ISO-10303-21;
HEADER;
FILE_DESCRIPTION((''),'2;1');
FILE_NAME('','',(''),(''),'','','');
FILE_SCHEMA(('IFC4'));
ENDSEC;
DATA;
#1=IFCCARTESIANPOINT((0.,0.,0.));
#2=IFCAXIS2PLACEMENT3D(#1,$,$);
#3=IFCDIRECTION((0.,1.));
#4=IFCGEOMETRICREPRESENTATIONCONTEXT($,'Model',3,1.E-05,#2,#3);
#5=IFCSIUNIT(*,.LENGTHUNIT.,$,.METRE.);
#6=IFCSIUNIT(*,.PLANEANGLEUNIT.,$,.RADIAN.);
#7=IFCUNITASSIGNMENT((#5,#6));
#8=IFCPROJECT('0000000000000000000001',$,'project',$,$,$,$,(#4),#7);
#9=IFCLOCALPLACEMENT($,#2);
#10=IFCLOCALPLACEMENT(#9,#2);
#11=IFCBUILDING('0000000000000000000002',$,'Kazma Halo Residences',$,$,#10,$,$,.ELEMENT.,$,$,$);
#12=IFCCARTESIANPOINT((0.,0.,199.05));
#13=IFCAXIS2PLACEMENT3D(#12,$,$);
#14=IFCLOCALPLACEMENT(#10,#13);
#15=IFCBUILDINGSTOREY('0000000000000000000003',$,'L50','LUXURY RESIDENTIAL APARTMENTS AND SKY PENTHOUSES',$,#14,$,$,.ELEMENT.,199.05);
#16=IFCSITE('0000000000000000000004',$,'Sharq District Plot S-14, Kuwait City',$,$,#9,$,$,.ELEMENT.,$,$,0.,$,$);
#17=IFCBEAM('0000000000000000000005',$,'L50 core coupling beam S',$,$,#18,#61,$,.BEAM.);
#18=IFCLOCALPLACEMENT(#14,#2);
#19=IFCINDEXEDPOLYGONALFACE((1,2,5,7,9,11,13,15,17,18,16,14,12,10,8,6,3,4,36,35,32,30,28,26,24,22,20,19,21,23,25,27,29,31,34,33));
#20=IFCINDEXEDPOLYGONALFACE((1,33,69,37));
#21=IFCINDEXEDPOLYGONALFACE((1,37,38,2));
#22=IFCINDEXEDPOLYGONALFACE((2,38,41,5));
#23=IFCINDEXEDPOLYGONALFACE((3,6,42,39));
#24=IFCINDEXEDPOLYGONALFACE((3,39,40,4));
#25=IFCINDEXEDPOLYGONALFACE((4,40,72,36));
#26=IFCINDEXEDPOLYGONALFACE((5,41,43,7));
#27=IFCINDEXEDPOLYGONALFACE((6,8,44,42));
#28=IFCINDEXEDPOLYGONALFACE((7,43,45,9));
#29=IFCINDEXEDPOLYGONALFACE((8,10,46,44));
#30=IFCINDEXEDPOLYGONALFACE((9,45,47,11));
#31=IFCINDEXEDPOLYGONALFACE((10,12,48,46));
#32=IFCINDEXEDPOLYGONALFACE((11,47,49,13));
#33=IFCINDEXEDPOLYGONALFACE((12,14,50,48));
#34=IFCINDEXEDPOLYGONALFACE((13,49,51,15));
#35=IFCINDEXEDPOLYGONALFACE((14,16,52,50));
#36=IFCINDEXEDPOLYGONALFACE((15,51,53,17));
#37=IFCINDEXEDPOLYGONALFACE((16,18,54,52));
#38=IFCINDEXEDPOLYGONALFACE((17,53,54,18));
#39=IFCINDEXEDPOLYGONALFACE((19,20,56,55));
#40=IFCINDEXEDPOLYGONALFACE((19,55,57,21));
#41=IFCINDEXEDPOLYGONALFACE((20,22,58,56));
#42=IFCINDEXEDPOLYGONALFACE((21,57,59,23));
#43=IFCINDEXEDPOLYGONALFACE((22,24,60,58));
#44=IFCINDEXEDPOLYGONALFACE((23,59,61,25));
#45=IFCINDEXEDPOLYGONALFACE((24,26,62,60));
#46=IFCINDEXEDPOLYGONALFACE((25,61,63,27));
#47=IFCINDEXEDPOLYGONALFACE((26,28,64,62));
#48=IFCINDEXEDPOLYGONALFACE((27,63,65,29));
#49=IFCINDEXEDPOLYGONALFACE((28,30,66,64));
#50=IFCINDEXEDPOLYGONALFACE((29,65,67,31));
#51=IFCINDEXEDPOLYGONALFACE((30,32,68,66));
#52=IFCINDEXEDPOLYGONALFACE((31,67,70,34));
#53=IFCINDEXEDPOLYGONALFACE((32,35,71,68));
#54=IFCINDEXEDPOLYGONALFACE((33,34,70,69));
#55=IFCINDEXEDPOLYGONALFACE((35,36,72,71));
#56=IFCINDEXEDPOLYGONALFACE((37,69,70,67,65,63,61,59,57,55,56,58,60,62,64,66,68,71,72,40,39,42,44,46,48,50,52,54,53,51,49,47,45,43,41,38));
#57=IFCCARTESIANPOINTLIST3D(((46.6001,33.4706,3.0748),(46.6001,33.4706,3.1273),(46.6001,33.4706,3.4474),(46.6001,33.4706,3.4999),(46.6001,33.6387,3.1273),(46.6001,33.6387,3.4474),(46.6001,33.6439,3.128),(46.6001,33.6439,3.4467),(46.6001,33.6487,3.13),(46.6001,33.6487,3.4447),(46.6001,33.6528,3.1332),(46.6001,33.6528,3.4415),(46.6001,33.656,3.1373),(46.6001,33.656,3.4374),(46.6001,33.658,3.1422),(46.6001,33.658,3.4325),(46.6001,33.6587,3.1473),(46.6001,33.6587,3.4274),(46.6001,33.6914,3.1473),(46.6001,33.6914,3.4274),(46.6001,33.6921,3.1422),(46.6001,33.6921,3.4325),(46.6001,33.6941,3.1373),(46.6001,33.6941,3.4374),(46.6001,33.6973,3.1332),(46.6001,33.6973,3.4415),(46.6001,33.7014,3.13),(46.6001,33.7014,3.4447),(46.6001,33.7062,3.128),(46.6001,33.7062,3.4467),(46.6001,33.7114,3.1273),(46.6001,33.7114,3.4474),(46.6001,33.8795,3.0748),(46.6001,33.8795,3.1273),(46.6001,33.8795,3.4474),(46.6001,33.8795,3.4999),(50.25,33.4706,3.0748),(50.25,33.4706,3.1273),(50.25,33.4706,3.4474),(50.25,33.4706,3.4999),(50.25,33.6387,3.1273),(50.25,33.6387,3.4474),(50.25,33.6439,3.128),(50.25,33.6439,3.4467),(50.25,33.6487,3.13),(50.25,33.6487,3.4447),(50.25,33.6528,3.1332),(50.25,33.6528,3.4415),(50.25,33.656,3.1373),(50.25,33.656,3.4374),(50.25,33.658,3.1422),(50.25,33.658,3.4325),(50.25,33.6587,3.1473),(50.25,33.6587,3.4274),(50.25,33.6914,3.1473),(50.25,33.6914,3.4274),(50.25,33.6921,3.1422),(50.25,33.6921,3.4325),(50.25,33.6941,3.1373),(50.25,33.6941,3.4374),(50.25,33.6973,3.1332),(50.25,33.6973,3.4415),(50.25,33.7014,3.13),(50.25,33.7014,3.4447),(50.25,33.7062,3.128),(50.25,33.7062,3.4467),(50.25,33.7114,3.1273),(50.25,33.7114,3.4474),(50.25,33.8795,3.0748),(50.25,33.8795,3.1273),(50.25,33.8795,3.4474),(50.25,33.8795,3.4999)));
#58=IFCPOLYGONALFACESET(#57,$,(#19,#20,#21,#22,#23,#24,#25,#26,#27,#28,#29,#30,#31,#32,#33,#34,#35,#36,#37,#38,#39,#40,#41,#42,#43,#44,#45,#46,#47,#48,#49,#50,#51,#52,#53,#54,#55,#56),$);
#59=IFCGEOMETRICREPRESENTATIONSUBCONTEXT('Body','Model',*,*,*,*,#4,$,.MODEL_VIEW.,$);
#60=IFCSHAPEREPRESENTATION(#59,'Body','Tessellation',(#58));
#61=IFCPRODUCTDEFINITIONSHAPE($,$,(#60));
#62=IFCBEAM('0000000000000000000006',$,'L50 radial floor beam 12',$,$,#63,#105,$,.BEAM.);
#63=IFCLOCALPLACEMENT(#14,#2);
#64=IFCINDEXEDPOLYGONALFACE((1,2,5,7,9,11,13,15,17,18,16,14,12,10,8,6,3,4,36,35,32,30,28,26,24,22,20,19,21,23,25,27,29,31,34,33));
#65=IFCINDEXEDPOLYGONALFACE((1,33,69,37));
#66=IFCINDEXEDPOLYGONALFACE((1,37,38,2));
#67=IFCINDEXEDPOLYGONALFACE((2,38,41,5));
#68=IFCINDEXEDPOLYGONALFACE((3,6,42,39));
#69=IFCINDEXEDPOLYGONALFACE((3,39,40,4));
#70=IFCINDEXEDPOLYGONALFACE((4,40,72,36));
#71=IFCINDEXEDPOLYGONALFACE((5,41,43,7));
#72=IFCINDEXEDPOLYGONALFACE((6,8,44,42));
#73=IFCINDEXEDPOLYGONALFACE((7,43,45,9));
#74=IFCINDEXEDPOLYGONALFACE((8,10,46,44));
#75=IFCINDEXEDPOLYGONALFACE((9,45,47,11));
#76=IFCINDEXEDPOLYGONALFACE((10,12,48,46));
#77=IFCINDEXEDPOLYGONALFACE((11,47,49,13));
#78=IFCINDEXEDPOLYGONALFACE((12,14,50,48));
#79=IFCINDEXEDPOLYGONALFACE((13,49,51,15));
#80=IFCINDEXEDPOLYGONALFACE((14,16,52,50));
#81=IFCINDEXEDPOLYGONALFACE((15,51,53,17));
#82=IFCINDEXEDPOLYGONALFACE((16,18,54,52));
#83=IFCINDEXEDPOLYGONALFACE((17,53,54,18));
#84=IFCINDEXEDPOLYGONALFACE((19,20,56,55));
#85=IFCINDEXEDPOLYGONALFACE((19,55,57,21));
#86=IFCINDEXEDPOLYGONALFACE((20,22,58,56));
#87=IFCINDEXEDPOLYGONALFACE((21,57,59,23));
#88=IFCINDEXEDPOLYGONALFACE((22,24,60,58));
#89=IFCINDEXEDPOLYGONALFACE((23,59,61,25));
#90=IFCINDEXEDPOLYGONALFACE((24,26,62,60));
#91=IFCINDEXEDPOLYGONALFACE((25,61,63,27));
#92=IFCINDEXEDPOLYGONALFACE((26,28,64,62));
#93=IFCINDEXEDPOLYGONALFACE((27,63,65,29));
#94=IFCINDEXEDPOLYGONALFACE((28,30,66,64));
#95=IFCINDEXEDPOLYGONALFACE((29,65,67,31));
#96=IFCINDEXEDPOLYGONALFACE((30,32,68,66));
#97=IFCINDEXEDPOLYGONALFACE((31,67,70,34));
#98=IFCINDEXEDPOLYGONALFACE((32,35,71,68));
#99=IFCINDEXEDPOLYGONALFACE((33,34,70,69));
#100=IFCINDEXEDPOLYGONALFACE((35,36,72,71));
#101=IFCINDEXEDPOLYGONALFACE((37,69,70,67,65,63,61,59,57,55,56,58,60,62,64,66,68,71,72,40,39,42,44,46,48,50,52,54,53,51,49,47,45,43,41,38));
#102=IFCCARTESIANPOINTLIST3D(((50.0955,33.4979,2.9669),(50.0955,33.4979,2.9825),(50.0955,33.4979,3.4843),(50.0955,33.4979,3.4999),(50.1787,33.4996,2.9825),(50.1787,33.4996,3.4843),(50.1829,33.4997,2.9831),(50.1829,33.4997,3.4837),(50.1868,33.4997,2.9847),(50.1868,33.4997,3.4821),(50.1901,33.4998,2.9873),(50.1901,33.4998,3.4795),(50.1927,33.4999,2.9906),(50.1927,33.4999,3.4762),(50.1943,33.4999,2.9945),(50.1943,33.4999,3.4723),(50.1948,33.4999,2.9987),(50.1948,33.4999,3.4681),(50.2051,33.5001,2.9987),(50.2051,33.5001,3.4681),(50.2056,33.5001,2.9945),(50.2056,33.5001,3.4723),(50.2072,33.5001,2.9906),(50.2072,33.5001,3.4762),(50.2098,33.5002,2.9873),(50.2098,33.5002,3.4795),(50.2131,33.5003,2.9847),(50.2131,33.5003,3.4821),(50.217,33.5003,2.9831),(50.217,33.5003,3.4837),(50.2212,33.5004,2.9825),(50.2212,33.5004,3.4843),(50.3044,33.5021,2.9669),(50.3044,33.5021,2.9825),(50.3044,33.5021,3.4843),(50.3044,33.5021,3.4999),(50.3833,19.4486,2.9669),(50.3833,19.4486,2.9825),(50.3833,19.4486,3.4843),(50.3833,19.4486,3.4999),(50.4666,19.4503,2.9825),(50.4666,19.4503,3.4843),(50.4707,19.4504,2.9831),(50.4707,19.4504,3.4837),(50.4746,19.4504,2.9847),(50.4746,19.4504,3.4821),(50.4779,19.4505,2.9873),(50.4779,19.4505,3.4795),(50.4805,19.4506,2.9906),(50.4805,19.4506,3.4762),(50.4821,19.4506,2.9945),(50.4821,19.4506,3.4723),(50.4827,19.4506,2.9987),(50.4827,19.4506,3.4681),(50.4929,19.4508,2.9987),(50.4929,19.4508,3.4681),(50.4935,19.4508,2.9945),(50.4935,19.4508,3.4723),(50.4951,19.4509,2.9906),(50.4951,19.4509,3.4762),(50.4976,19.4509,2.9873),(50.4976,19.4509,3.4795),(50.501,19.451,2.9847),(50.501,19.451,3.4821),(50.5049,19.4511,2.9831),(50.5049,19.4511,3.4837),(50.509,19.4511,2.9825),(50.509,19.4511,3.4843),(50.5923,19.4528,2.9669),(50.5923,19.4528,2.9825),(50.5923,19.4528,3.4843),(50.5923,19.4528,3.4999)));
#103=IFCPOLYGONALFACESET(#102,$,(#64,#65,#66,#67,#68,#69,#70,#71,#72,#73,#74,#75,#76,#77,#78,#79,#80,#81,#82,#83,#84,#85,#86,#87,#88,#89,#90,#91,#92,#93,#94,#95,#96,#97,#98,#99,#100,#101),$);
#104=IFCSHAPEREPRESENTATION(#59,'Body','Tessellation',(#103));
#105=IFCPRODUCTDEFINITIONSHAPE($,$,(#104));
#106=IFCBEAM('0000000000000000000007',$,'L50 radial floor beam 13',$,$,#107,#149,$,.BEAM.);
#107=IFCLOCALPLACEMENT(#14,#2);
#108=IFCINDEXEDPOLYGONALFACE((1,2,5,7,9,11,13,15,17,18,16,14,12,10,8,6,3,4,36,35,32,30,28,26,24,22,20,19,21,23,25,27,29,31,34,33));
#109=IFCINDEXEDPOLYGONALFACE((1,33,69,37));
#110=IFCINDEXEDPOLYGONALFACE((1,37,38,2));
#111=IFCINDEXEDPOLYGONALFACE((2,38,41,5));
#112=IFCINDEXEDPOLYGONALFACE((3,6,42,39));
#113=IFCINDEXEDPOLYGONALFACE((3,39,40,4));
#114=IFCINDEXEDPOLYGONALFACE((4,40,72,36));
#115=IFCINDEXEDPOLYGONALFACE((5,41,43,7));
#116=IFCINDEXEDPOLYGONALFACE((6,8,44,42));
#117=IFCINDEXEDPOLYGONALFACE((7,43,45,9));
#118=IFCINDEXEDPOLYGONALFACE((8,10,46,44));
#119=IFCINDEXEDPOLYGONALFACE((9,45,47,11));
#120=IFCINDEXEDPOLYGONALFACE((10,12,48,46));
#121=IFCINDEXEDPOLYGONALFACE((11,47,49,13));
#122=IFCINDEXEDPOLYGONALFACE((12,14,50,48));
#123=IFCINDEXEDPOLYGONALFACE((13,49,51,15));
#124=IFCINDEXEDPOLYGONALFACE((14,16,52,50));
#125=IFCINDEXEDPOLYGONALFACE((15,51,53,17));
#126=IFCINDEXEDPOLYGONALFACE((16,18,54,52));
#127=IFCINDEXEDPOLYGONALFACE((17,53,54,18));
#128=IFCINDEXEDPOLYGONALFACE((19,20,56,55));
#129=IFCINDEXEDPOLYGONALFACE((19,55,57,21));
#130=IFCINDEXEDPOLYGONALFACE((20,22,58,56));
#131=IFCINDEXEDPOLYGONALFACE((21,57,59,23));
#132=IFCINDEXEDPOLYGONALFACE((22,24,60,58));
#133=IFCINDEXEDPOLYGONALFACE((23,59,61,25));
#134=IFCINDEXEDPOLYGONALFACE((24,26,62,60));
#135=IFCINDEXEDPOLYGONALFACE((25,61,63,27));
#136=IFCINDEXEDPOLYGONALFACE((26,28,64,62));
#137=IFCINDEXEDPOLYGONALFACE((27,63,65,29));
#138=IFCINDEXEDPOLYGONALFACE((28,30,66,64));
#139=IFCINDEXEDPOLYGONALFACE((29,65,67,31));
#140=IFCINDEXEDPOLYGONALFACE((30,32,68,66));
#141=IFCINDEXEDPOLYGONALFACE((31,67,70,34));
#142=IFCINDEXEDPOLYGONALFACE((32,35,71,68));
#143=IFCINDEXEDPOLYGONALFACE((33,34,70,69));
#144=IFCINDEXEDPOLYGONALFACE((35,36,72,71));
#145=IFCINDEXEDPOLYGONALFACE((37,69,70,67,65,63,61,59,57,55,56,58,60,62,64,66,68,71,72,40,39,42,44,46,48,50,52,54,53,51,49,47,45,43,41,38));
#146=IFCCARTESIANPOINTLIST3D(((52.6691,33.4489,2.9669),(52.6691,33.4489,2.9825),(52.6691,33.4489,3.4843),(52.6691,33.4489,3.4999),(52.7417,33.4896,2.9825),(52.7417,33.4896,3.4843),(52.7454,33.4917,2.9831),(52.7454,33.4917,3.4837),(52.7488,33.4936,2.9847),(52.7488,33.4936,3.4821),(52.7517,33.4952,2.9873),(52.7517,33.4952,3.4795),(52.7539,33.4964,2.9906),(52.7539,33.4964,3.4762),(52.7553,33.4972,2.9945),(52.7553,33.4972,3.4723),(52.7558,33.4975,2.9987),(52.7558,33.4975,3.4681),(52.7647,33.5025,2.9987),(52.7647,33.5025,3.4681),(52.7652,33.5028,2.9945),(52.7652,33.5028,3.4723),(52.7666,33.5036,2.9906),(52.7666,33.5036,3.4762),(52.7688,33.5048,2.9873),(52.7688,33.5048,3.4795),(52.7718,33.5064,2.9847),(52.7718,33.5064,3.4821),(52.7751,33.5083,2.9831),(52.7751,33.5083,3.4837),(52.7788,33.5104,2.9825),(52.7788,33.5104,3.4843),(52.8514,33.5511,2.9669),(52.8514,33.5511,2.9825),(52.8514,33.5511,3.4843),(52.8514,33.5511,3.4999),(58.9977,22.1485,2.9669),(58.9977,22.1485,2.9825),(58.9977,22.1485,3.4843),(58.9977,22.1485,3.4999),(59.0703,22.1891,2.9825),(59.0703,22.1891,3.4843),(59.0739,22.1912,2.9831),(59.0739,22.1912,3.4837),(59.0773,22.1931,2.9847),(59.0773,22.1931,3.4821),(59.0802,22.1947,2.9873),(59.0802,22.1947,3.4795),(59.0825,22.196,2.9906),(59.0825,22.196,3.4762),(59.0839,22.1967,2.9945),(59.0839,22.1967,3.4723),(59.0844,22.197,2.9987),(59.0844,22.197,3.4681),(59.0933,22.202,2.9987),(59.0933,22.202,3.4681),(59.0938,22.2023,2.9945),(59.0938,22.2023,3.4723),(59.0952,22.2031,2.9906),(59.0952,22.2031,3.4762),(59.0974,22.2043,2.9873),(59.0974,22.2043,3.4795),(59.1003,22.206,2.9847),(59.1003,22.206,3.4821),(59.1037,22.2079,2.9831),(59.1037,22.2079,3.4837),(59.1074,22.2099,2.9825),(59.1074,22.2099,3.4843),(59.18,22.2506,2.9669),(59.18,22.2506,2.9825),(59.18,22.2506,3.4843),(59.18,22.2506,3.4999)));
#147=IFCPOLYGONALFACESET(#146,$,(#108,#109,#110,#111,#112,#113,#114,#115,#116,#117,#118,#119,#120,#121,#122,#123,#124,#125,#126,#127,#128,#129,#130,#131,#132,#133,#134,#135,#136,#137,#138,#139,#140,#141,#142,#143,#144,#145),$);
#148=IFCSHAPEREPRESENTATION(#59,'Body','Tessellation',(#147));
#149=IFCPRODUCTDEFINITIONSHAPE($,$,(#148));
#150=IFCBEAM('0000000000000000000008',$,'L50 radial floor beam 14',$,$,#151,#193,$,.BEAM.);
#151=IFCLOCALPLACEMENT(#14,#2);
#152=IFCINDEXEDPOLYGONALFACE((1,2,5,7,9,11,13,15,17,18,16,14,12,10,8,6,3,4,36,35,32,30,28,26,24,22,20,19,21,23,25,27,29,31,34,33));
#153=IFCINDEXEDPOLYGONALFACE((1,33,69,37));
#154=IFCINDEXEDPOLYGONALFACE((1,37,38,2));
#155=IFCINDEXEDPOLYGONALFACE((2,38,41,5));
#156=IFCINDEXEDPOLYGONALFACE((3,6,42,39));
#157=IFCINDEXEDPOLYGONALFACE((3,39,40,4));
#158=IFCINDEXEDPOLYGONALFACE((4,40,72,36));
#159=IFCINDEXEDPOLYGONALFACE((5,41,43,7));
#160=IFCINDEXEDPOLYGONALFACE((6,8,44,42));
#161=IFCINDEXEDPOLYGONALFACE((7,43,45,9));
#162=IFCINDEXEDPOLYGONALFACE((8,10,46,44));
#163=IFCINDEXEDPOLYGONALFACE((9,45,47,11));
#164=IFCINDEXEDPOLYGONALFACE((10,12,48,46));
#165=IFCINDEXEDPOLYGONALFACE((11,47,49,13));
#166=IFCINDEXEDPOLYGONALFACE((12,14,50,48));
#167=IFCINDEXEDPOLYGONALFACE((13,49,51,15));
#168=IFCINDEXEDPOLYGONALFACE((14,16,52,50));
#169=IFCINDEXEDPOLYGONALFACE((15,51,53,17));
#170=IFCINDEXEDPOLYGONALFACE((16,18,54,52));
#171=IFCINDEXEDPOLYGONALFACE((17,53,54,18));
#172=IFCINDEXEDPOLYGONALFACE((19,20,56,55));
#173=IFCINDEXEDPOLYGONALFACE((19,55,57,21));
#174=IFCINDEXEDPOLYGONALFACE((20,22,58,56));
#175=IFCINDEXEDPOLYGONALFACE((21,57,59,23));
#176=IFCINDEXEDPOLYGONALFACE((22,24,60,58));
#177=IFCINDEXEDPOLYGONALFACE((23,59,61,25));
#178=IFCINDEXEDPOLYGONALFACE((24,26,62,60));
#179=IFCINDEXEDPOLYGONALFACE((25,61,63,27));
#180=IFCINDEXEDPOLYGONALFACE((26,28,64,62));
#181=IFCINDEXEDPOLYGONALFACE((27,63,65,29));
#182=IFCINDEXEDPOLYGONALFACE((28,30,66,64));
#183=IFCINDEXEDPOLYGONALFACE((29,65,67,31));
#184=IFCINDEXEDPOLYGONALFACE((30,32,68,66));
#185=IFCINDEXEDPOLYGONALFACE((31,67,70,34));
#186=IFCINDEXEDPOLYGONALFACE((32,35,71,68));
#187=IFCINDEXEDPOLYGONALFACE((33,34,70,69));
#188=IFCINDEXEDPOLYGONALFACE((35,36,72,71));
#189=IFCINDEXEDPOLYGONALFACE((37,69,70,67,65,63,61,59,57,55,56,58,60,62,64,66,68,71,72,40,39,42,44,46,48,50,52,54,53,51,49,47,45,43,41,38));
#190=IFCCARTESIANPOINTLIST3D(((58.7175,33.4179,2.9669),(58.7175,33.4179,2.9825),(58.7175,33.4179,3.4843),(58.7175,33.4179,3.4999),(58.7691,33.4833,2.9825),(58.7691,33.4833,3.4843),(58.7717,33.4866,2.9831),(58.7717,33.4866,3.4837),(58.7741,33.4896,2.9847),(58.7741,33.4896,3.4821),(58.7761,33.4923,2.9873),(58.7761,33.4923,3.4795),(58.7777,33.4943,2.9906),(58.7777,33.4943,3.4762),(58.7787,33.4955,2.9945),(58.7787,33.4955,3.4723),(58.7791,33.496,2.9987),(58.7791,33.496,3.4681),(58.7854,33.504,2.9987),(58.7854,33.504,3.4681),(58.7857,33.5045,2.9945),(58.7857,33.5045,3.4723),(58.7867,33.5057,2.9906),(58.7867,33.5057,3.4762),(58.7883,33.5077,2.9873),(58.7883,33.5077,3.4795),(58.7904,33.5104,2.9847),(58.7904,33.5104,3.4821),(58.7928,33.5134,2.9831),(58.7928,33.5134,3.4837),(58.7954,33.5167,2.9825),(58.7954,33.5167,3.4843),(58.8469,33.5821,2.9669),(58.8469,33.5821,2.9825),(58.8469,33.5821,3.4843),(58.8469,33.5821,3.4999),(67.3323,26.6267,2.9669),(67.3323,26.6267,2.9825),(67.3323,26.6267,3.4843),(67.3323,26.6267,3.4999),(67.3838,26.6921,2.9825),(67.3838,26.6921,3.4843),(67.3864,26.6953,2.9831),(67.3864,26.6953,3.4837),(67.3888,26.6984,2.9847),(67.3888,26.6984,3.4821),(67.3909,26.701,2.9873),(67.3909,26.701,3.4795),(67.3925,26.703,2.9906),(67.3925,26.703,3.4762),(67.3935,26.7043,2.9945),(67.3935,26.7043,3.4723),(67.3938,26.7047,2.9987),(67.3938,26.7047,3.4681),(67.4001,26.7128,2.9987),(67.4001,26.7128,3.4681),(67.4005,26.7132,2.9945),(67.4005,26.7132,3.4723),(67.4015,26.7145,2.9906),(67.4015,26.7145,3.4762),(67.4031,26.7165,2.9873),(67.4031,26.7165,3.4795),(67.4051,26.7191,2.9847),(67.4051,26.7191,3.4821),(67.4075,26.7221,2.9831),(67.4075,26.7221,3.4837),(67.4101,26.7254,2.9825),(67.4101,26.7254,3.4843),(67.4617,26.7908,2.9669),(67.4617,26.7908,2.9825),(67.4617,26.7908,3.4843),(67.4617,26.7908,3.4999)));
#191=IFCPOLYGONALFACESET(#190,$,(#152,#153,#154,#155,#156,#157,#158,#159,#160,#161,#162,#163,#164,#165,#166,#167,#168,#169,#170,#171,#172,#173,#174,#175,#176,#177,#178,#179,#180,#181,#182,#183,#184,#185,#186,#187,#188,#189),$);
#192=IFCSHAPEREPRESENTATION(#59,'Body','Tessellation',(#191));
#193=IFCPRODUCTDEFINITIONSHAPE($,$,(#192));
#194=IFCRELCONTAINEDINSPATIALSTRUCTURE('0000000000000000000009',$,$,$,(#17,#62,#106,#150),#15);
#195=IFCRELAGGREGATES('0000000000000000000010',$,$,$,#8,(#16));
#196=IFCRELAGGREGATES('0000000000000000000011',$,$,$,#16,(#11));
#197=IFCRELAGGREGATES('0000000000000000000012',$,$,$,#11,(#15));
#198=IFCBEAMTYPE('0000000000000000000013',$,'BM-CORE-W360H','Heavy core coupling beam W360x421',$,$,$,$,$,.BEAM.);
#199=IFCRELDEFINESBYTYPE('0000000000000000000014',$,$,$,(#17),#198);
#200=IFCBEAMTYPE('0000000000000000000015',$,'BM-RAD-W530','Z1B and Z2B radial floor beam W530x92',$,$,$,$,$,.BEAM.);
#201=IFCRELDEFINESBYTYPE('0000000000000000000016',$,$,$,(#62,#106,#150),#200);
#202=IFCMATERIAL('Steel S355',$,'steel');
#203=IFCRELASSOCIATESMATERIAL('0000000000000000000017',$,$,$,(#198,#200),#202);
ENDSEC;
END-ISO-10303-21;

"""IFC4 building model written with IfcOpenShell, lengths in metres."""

from ifc_helpers import new_model, si_unit, direction, frame, origin, origin_2d, place, context, subcontext, project, spatial, i_section, extrude, material, material_profile, profile_set, type_object, element, save


model = new_model("IFC4")

# Units and contexts
model_context = context("Model", 3, precision=1e-05, world=origin(), true_north=direction((0.0, 1.0)))
body_context = subcontext(model_context, "Body", "Model", "MODEL_VIEW")
ifc_project = project(units=[si_unit("LENGTHUNIT", "METRE"), si_unit("PLANEANGLEUNIT", "RADIAN")], contexts=[model_context])

# Site, building, storey
site_placement = place(None, origin())
site = spatial("IfcSite", under=ifc_project, at=site_placement, Name="Sharq District Plot S-14, Kuwait City", CompositionType="ELEMENT", RefElevation=0.0)
building_placement = place(site_placement, origin())
building = spatial("IfcBuilding", under=site, at=building_placement, Name="Kazma Halo Residences", CompositionType="ELEMENT")
storey_placement = place(building_placement, frame((0.0, 0.0, 199.05)))
storey = spatial("IfcBuildingStorey", under=building, at=storey_placement, Name="L50", Description="LUXURY RESIDENTIAL APARTMENTS AND SKY PENTHOUSES", CompositionType="ELEMENT", Elevation=199.05)

# Beams
ifc_material_1 = material(Name="Steel S355", Category="steel")
ifc_material_profile_1 = material_profile(ifc_material_1, i_section(OverallWidth=0.4089, OverallDepth=0.425, WebThickness=0.0327, FlangeThickness=0.0525, FilletRadius=0.02, at=origin_2d()), Name="W360x421")
ifc_profile_set_1 = profile_set([ifc_material_profile_1], Name="Steel S355")
beam_type_1 = type_object("IfcBeamType", Name="BM-CORE-W360H", Description="Heavy core coupling beam W360x421", PredefinedType="BEAM", material=ifc_profile_set_1)
beam_1_placement = place(storey_placement, frame((46.6001, 33.675, 3.2874), z_axis=(1.0, 0.0, 0.0), x_axis=(0.0, 1.0, 0.0)))
element("IfcBeam", 1, at=beam_1_placement, inside=storey, type_object=beam_type_1, Name="L50 core coupling beam S", PredefinedType="BEAM", context=body_context, shape_type="SweptSolid", body=[
    extrude(i_section(OverallWidth=0.4089, OverallDepth=0.425, WebThickness=0.0327, FlangeThickness=0.0525, FilletRadius=0.02, at=origin_2d()), origin(), (0.0, 0.0, 1.0), 3.6499),
])
ifc_material_profile_2 = material_profile(ifc_material_1, i_section(OverallWidth=0.209, OverallDepth=0.533, WebThickness=0.0103, FlangeThickness=0.0156, FilletRadius=0.0161, at=origin_2d()), Name="W530x92")
ifc_profile_set_2 = profile_set([ifc_material_profile_2], Name="Steel S355")
beam_type_2 = type_object("IfcBeamType", Name="BM-RAD-W530", Description="Z1B and Z2B radial floor beam W530x92", PredefinedType="BEAM", material=ifc_profile_set_2)
beam_2_placement = place(storey_placement, frame((50.2, 33.5, 3.2334), z_axis=(0.020484, -0.99979, 0.0), x_axis=(0.99979, 0.020484, 0.0)))
element("IfcBeam", 2, at=beam_2_placement, inside=storey, type_object=beam_type_2, Name="L50 radial floor beam 12", PredefinedType="BEAM", context=body_context, shape_type="SweptSolid", body=[
    extrude(i_section(OverallWidth=0.209, OverallDepth=0.533, WebThickness=0.0103, FlangeThickness=0.0156, FilletRadius=0.0161, at=origin_2d()), origin(), (0.0, 0.0, 1.0), 14.0522),
])
beam_3_placement = place(storey_placement, frame((52.7603, 33.5, 3.2334), z_axis=(0.488622, -0.872496, 0.0), x_axis=(0.872496, 0.488622, 0.0)))
element("IfcBeam", 3, at=beam_3_placement, inside=storey, type_object=beam_type_2, Name="L50 radial floor beam 13", PredefinedType="BEAM", context=body_context, shape_type="SweptSolid", body=[
    extrude(i_section(OverallWidth=0.209, OverallDepth=0.533, WebThickness=0.0103, FlangeThickness=0.0156, FilletRadius=0.0161, at=origin_2d()), origin(), (0.0, 0.0, 1.0), 12.9519),
])
beam_4_placement = place(storey_placement, frame((58.7822, 33.5, 3.2334), z_axis=(0.78532, -0.619091, 0.0), x_axis=(0.619091, 0.78532, 0.0)))
element("IfcBeam", 4, at=beam_4_placement, inside=storey, type_object=beam_type_2, Name="L50 radial floor beam 14", PredefinedType="BEAM", context=body_context, shape_type="SweptSolid", body=[
    extrude(i_section(OverallWidth=0.209, OverallDepth=0.533, WebThickness=0.0103, FlangeThickness=0.0156, FilletRadius=0.0161, at=origin_2d()), origin(), (0.0, 0.0, 1.0), 10.9697),
])

save(model, "model.ifc")
